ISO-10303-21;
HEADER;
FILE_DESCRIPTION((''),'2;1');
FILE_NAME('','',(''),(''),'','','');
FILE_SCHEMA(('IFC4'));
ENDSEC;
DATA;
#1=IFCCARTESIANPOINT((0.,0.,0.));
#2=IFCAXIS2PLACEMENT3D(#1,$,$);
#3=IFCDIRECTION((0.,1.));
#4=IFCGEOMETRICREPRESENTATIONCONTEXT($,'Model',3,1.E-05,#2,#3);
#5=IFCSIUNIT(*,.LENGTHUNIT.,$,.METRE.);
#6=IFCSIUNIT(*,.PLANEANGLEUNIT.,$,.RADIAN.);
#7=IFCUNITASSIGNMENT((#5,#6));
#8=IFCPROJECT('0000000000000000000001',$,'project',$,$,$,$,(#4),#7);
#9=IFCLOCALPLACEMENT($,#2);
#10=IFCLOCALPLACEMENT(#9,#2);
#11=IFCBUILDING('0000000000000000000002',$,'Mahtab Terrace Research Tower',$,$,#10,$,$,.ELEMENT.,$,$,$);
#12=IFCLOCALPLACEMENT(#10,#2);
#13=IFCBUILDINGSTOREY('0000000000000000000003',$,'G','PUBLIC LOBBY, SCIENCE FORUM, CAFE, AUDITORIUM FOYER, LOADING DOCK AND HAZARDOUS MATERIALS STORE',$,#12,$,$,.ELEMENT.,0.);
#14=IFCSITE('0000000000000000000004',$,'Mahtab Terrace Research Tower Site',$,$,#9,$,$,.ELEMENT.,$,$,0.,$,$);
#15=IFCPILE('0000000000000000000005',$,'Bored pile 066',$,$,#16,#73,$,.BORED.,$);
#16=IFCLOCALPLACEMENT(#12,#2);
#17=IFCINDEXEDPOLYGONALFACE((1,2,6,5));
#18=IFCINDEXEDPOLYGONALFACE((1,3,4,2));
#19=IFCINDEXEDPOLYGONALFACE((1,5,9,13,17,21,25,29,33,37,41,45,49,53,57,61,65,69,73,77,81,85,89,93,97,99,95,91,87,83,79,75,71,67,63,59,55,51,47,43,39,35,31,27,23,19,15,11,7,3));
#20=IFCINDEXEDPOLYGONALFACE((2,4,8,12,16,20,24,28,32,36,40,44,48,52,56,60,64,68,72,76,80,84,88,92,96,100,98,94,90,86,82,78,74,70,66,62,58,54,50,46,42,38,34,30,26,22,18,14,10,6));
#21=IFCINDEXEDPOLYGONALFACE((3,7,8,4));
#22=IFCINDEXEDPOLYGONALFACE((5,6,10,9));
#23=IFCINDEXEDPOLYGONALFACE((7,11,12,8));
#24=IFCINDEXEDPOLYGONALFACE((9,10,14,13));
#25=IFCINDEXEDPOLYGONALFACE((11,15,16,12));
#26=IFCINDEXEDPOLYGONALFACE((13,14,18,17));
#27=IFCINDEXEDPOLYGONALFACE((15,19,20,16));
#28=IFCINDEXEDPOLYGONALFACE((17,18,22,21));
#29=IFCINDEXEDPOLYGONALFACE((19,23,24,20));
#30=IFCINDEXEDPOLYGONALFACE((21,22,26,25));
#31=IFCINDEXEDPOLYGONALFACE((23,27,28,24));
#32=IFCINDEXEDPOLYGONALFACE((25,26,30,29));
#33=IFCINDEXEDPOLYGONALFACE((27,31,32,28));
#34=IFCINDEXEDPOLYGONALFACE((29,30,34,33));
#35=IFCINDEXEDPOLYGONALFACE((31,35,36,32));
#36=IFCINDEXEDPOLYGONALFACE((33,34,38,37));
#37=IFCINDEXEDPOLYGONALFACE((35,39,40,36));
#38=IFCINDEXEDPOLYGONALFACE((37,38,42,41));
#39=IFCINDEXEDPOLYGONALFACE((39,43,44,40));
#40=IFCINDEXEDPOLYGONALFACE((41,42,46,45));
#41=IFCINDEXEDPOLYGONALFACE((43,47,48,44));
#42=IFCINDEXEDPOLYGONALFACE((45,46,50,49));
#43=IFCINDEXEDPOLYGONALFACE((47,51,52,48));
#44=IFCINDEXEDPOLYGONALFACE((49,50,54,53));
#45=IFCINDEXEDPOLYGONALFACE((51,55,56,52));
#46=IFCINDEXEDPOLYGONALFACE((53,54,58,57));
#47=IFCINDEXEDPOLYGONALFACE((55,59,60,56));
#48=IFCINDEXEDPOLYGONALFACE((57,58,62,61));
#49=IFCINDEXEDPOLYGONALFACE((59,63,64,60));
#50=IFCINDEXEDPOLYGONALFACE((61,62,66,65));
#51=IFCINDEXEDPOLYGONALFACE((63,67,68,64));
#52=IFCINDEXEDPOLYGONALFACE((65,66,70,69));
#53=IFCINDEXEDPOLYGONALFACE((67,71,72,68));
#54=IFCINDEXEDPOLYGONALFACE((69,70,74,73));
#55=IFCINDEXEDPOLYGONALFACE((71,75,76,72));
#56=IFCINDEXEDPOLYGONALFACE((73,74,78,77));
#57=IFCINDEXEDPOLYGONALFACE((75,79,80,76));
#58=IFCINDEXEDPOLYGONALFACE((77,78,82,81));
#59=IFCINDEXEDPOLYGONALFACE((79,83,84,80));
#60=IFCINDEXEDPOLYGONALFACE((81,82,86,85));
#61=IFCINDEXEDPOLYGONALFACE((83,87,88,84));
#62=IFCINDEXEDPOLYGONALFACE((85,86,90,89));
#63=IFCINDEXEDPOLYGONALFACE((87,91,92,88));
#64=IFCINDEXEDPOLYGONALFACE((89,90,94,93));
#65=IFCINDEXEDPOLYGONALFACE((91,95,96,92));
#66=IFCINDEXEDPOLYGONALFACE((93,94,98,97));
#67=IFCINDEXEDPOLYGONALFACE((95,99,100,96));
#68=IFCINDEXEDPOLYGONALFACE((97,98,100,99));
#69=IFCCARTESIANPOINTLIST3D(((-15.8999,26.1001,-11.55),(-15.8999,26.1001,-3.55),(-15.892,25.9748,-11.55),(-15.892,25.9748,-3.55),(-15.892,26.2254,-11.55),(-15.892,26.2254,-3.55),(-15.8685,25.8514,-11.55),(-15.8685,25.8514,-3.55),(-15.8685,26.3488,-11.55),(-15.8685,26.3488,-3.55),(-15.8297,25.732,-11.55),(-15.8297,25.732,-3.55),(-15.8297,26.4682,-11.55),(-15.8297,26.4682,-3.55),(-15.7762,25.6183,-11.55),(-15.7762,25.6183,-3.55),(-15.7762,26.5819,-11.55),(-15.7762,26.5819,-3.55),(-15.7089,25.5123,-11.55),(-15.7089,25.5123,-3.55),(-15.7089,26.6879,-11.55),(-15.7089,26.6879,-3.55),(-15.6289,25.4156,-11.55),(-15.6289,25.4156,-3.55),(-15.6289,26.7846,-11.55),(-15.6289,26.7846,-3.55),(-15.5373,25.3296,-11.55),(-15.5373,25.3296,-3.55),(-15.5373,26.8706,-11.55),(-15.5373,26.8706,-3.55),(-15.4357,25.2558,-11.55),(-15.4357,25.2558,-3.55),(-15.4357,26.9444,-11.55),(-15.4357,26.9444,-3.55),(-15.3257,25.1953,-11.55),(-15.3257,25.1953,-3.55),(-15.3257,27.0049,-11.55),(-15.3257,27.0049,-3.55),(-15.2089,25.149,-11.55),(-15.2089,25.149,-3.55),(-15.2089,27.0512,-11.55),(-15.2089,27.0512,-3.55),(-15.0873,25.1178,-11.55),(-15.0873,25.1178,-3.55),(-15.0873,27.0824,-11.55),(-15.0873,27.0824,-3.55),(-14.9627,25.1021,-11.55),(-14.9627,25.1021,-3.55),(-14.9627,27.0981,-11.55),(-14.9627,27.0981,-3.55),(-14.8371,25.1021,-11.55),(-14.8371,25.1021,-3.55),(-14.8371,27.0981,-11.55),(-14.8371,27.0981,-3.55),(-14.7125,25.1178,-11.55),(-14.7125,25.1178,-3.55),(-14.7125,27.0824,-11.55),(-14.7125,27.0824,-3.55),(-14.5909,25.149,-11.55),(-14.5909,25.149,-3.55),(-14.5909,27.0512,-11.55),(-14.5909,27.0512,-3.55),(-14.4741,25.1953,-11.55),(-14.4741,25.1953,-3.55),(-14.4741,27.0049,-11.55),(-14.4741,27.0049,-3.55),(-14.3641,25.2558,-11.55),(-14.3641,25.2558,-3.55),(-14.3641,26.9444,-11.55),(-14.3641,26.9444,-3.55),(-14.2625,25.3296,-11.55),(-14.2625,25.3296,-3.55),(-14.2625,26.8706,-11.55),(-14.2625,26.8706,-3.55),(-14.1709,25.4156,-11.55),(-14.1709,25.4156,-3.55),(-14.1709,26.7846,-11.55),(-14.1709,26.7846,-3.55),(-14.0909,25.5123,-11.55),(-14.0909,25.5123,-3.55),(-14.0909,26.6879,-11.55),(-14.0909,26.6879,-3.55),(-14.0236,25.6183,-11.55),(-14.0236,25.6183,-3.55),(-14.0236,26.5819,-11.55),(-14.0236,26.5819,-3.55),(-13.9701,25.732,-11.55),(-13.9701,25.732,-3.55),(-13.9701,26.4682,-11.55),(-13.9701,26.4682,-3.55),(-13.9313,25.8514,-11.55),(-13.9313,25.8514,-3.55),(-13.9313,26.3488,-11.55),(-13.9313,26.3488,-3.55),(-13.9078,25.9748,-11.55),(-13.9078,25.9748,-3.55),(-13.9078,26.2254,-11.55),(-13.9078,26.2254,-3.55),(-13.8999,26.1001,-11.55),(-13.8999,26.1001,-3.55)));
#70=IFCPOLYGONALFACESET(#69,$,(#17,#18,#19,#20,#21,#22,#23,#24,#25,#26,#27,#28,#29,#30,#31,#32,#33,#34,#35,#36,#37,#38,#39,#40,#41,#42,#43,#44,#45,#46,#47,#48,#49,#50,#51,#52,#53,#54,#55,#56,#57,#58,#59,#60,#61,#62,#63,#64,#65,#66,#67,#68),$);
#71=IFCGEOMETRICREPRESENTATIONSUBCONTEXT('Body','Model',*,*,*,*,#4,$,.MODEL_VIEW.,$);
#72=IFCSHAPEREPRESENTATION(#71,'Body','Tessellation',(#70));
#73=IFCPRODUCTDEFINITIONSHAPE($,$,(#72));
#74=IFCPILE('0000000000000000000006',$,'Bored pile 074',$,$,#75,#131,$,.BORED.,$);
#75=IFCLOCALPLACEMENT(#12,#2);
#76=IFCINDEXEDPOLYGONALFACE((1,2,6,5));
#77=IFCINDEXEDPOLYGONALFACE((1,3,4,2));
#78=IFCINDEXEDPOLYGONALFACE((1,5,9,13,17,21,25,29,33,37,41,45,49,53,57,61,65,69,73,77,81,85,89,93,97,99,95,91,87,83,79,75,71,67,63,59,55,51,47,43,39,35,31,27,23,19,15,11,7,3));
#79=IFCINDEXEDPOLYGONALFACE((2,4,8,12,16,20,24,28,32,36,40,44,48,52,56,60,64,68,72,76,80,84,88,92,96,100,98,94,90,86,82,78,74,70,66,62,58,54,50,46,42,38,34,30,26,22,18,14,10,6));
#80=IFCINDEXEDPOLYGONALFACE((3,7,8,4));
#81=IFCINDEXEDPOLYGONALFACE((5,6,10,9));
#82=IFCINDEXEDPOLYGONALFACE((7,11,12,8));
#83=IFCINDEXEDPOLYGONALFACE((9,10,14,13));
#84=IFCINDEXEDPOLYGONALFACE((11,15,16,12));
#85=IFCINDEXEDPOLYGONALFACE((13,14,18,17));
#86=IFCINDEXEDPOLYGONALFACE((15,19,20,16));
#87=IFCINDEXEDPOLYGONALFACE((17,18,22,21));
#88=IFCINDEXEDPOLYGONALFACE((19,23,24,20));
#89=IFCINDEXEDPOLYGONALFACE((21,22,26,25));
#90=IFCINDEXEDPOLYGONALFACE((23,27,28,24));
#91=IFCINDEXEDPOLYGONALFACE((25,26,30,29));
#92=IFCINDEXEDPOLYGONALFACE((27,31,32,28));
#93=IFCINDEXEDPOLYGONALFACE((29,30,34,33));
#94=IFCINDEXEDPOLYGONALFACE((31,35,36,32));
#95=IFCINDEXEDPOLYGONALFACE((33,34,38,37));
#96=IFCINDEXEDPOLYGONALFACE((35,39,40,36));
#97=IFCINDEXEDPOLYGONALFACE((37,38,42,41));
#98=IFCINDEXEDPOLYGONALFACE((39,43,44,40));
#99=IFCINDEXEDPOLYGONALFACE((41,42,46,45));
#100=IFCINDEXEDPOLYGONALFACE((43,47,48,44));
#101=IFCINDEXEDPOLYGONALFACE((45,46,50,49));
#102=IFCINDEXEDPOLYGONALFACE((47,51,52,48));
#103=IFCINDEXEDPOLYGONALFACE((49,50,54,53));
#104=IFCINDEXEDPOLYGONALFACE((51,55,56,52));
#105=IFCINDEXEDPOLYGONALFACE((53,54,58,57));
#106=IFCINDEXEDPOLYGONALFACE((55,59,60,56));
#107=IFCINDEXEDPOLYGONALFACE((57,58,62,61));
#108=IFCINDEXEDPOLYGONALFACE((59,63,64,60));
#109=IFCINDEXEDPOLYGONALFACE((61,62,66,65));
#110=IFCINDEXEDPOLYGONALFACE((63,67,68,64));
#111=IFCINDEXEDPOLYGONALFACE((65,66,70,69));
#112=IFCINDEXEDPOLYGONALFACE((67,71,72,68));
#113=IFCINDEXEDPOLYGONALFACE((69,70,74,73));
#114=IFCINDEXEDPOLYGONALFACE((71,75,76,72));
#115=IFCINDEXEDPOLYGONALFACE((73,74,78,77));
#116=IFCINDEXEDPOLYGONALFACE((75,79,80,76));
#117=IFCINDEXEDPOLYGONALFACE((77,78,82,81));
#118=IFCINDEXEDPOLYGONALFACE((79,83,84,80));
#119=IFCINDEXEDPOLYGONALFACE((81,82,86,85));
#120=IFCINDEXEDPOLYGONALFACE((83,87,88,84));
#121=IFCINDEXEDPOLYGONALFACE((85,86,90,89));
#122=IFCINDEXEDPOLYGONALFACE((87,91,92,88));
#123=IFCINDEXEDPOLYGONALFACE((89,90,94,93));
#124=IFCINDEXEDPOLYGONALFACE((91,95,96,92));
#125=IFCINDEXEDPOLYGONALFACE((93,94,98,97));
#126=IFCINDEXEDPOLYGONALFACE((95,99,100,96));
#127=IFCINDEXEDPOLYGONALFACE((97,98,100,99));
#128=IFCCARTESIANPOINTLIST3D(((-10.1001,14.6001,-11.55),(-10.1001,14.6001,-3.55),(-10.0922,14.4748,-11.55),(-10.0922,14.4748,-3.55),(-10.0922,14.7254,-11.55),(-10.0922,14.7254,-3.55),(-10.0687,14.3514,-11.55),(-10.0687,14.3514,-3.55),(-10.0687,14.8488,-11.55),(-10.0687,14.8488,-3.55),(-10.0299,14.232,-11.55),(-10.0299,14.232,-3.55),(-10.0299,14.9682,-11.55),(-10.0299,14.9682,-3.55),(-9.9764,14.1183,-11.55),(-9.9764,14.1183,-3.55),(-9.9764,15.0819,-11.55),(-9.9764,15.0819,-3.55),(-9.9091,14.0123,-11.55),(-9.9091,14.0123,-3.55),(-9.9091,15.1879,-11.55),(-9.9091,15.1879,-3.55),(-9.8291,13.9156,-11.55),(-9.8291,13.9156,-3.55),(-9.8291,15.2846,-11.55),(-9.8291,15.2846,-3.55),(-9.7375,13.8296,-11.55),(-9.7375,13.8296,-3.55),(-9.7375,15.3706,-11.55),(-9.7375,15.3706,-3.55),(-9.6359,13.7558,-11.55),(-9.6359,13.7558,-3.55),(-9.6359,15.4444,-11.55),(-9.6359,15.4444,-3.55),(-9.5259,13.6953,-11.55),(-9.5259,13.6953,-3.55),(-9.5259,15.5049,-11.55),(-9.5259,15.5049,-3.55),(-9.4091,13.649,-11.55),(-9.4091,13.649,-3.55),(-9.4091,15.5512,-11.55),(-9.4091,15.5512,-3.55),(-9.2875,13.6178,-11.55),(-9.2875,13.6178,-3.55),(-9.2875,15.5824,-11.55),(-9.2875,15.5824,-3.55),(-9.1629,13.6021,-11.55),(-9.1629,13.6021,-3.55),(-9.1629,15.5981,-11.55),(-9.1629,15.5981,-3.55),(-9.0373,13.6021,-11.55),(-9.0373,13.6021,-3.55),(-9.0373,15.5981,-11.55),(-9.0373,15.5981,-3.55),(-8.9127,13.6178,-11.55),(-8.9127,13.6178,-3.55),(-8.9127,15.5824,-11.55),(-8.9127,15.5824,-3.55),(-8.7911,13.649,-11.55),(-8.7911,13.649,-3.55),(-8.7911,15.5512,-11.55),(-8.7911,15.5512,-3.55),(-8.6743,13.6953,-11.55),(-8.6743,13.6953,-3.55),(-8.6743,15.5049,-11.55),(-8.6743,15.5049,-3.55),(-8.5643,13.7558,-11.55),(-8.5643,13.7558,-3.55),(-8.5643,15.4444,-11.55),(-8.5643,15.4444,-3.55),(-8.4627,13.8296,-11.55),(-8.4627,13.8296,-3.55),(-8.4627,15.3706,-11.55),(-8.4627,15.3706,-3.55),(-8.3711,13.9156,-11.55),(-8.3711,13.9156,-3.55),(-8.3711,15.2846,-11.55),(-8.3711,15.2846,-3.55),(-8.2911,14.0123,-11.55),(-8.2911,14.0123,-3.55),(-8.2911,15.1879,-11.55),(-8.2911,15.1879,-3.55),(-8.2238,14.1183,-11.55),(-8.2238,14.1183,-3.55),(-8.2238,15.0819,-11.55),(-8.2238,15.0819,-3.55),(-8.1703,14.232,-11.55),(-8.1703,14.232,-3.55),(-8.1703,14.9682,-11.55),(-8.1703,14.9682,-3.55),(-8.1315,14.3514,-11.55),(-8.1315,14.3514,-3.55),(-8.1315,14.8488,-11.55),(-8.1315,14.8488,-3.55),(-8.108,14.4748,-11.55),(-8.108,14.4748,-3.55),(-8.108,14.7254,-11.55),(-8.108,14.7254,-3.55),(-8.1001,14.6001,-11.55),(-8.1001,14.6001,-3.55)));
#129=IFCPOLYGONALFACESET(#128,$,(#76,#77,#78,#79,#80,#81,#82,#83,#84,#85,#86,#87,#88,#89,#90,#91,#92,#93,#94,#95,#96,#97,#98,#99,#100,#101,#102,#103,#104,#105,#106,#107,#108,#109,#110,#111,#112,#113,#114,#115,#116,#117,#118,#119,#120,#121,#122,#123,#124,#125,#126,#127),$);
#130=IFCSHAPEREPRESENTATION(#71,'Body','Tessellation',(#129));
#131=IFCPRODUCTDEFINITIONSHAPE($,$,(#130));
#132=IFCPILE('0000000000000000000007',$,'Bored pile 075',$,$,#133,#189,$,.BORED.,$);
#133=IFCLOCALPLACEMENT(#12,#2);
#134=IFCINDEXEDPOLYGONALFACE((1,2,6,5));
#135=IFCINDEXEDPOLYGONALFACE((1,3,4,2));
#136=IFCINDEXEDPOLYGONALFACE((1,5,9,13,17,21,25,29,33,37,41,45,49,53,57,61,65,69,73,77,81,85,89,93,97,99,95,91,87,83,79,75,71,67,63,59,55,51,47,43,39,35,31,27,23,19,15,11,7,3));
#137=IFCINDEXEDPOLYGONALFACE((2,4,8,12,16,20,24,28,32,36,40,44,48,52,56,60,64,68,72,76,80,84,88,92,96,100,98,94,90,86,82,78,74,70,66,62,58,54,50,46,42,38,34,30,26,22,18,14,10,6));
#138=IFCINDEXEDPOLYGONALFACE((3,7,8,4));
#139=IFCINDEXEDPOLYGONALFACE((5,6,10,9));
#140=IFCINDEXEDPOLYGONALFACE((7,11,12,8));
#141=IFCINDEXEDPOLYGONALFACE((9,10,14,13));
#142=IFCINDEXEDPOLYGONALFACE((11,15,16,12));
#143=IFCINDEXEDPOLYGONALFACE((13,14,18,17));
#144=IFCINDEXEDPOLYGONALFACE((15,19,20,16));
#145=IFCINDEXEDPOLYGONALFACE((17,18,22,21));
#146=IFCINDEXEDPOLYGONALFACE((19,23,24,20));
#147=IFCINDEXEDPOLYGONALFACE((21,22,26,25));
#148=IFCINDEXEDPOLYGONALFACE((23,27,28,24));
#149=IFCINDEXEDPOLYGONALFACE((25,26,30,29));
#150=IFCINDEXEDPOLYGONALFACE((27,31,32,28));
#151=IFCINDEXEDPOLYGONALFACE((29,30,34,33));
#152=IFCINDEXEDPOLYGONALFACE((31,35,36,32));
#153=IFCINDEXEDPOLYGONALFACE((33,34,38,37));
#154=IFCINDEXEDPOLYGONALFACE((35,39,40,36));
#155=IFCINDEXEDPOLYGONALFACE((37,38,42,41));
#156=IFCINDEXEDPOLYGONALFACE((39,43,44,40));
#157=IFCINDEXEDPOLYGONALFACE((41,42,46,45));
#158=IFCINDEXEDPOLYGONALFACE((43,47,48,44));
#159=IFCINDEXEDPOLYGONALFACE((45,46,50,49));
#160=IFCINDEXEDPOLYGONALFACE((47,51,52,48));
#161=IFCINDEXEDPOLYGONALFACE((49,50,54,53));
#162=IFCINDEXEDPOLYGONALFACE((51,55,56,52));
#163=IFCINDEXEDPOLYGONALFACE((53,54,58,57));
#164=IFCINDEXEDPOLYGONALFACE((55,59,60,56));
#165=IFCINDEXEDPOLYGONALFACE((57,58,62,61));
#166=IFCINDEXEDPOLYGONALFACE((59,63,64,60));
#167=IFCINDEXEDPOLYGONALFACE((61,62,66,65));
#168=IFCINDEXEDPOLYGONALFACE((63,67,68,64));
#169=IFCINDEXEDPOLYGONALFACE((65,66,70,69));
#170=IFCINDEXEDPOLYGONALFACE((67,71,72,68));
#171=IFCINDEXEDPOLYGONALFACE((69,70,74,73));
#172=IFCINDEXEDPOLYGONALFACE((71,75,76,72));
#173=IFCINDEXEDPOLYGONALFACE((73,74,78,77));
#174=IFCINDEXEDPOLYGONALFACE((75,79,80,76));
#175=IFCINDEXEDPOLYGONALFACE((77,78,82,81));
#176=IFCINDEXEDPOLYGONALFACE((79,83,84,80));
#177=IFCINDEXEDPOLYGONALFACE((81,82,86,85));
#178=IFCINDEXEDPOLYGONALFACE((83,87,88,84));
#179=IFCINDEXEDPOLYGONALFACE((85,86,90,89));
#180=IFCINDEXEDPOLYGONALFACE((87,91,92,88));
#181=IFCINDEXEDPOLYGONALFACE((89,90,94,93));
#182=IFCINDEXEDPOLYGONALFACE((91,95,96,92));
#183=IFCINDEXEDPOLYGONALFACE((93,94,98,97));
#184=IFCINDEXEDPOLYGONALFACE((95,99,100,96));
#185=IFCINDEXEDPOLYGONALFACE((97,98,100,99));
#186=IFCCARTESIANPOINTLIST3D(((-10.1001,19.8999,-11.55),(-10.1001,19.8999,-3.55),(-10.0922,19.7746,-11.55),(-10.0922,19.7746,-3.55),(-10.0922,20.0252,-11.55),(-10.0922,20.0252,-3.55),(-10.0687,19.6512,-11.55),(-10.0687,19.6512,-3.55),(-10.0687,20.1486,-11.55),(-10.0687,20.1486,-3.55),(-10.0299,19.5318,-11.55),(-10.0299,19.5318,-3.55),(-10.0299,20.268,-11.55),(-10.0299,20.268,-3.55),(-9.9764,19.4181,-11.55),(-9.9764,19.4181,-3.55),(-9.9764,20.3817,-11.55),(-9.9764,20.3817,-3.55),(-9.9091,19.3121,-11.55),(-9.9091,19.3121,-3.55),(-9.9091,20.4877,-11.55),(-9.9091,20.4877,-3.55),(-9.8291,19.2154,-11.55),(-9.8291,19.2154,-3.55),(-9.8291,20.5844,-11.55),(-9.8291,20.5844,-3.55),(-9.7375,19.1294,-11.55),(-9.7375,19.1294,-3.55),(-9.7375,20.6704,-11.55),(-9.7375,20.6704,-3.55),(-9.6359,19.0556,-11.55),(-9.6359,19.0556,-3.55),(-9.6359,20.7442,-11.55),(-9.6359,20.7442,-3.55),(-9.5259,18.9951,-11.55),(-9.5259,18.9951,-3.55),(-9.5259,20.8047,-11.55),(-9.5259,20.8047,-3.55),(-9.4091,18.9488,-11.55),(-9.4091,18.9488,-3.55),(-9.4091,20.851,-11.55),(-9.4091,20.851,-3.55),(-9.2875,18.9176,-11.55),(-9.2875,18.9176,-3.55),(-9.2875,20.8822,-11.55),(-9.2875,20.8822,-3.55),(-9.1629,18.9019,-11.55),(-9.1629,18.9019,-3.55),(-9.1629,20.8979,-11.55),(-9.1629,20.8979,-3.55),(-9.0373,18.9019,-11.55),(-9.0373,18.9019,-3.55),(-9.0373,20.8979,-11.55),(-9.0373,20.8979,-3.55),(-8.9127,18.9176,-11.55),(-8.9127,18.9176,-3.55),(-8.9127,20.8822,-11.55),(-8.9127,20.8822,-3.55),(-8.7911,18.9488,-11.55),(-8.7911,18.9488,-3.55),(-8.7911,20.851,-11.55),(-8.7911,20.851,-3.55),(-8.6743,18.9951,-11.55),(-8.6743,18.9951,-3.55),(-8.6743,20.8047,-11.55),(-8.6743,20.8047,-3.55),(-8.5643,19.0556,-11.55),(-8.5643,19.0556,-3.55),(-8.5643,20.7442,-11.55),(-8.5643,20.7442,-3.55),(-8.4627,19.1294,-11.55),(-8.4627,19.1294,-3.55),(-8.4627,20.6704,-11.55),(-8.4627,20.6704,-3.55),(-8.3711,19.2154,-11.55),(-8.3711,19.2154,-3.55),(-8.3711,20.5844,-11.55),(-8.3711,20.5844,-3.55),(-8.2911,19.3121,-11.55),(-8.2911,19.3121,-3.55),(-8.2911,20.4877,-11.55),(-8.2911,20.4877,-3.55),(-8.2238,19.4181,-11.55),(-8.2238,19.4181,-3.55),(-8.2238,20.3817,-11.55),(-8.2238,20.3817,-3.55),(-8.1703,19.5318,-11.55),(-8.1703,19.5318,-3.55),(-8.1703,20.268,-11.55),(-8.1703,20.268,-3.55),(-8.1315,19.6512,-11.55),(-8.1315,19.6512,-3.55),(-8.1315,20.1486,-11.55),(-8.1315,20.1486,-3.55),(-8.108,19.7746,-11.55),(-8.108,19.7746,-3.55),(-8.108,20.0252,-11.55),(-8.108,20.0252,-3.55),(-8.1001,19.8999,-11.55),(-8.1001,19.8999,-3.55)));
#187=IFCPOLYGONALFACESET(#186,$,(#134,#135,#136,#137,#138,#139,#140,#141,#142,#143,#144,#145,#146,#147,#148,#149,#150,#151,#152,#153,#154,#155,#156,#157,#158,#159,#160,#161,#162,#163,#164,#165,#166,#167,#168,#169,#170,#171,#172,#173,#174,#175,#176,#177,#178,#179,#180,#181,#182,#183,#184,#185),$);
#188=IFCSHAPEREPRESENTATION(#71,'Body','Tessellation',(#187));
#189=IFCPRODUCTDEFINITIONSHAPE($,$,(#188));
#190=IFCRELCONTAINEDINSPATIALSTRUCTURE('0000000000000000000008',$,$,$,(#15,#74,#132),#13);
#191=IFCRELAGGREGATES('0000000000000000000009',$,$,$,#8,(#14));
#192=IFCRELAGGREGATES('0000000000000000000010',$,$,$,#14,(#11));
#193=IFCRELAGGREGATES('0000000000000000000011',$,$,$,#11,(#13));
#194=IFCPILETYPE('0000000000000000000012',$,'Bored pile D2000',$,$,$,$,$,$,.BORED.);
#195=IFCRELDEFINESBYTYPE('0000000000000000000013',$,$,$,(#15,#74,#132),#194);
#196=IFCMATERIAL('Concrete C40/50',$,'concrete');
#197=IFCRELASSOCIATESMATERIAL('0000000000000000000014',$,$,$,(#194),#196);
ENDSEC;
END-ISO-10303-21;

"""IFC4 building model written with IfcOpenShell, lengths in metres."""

from ifc_helpers import new_model, si_unit, direction, frame, origin, origin_2d, place, context, subcontext, project, spatial, circle, extrude, material, material_profile, profile_set, type_object, element, save


model = new_model("IFC4")

# Units and contexts
model_context = context("Model", 3, precision=1e-05, world=origin(), true_north=direction((0.0, 1.0)))
body_context = subcontext(model_context, "Body", "Model", "MODEL_VIEW")
ifc_project = project(units=[si_unit("LENGTHUNIT", "METRE"), si_unit("PLANEANGLEUNIT", "RADIAN")], contexts=[model_context])

# Site, building, storey
site_placement = place(None, origin())
site = spatial("IfcSite", under=ifc_project, at=site_placement, Name="Mahtab Terrace Research Tower Site", CompositionType="ELEMENT", RefElevation=0.0)
building_placement = place(site_placement, origin())
building = spatial("IfcBuilding", under=site, at=building_placement, Name="Mahtab Terrace Research Tower", CompositionType="ELEMENT")
storey_placement = place(building_placement, origin())
storey = spatial("IfcBuildingStorey", under=building, at=storey_placement, Name="G", Description="PUBLIC LOBBY, SCIENCE FORUM, CAFE, AUDITORIUM FOYER, LOADING DOCK AND HAZARDOUS MATERIALS STORE", CompositionType="ELEMENT", Elevation=0.0)

# Piles
ifc_material_1 = material(Name="Concrete C40/50", Category="concrete")
ifc_material_profile_1 = material_profile(ifc_material_1, circle(Radius=1.0, at=origin_2d()), Name="Bored pile D2000")
ifc_profile_set_1 = profile_set([ifc_material_profile_1], Name="Concrete C40/50")
pile_type_1 = type_object("IfcPileType", Name="Bored pile D2000", PredefinedType="BORED", material=ifc_profile_set_1)
for number, where, z_axis, x_axis, name in (
    (1, (-14.8999, 26.1001, -3.55), (0.0, 0.0, -1.0), (1.0, 0.0, 0.0), "Bored pile 066"),
    (2, (-9.1001, 14.6001, -3.55), (0.0, 0.0, -1.0), (1.0, 0.0, 0.0), "Bored pile 074"),
    (3, (-9.1001, 19.8999, -3.55), (0.0, 0.0, -1.0), (1.0, 0.0, 0.0), "Bored pile 075"),
):
    element("IfcPile", number, at=place(storey_placement, frame(where, z_axis=z_axis, x_axis=x_axis)), inside=storey, type_object=pile_type_1, Name=name, PredefinedType="BORED", context=body_context, shape_type="SweptSolid", body=[
        extrude(circle(Radius=1.0, at=origin_2d()), origin(), (0.0, 0.0, 1.0), 8.0),
    ])

save(model, "model.ifc")
